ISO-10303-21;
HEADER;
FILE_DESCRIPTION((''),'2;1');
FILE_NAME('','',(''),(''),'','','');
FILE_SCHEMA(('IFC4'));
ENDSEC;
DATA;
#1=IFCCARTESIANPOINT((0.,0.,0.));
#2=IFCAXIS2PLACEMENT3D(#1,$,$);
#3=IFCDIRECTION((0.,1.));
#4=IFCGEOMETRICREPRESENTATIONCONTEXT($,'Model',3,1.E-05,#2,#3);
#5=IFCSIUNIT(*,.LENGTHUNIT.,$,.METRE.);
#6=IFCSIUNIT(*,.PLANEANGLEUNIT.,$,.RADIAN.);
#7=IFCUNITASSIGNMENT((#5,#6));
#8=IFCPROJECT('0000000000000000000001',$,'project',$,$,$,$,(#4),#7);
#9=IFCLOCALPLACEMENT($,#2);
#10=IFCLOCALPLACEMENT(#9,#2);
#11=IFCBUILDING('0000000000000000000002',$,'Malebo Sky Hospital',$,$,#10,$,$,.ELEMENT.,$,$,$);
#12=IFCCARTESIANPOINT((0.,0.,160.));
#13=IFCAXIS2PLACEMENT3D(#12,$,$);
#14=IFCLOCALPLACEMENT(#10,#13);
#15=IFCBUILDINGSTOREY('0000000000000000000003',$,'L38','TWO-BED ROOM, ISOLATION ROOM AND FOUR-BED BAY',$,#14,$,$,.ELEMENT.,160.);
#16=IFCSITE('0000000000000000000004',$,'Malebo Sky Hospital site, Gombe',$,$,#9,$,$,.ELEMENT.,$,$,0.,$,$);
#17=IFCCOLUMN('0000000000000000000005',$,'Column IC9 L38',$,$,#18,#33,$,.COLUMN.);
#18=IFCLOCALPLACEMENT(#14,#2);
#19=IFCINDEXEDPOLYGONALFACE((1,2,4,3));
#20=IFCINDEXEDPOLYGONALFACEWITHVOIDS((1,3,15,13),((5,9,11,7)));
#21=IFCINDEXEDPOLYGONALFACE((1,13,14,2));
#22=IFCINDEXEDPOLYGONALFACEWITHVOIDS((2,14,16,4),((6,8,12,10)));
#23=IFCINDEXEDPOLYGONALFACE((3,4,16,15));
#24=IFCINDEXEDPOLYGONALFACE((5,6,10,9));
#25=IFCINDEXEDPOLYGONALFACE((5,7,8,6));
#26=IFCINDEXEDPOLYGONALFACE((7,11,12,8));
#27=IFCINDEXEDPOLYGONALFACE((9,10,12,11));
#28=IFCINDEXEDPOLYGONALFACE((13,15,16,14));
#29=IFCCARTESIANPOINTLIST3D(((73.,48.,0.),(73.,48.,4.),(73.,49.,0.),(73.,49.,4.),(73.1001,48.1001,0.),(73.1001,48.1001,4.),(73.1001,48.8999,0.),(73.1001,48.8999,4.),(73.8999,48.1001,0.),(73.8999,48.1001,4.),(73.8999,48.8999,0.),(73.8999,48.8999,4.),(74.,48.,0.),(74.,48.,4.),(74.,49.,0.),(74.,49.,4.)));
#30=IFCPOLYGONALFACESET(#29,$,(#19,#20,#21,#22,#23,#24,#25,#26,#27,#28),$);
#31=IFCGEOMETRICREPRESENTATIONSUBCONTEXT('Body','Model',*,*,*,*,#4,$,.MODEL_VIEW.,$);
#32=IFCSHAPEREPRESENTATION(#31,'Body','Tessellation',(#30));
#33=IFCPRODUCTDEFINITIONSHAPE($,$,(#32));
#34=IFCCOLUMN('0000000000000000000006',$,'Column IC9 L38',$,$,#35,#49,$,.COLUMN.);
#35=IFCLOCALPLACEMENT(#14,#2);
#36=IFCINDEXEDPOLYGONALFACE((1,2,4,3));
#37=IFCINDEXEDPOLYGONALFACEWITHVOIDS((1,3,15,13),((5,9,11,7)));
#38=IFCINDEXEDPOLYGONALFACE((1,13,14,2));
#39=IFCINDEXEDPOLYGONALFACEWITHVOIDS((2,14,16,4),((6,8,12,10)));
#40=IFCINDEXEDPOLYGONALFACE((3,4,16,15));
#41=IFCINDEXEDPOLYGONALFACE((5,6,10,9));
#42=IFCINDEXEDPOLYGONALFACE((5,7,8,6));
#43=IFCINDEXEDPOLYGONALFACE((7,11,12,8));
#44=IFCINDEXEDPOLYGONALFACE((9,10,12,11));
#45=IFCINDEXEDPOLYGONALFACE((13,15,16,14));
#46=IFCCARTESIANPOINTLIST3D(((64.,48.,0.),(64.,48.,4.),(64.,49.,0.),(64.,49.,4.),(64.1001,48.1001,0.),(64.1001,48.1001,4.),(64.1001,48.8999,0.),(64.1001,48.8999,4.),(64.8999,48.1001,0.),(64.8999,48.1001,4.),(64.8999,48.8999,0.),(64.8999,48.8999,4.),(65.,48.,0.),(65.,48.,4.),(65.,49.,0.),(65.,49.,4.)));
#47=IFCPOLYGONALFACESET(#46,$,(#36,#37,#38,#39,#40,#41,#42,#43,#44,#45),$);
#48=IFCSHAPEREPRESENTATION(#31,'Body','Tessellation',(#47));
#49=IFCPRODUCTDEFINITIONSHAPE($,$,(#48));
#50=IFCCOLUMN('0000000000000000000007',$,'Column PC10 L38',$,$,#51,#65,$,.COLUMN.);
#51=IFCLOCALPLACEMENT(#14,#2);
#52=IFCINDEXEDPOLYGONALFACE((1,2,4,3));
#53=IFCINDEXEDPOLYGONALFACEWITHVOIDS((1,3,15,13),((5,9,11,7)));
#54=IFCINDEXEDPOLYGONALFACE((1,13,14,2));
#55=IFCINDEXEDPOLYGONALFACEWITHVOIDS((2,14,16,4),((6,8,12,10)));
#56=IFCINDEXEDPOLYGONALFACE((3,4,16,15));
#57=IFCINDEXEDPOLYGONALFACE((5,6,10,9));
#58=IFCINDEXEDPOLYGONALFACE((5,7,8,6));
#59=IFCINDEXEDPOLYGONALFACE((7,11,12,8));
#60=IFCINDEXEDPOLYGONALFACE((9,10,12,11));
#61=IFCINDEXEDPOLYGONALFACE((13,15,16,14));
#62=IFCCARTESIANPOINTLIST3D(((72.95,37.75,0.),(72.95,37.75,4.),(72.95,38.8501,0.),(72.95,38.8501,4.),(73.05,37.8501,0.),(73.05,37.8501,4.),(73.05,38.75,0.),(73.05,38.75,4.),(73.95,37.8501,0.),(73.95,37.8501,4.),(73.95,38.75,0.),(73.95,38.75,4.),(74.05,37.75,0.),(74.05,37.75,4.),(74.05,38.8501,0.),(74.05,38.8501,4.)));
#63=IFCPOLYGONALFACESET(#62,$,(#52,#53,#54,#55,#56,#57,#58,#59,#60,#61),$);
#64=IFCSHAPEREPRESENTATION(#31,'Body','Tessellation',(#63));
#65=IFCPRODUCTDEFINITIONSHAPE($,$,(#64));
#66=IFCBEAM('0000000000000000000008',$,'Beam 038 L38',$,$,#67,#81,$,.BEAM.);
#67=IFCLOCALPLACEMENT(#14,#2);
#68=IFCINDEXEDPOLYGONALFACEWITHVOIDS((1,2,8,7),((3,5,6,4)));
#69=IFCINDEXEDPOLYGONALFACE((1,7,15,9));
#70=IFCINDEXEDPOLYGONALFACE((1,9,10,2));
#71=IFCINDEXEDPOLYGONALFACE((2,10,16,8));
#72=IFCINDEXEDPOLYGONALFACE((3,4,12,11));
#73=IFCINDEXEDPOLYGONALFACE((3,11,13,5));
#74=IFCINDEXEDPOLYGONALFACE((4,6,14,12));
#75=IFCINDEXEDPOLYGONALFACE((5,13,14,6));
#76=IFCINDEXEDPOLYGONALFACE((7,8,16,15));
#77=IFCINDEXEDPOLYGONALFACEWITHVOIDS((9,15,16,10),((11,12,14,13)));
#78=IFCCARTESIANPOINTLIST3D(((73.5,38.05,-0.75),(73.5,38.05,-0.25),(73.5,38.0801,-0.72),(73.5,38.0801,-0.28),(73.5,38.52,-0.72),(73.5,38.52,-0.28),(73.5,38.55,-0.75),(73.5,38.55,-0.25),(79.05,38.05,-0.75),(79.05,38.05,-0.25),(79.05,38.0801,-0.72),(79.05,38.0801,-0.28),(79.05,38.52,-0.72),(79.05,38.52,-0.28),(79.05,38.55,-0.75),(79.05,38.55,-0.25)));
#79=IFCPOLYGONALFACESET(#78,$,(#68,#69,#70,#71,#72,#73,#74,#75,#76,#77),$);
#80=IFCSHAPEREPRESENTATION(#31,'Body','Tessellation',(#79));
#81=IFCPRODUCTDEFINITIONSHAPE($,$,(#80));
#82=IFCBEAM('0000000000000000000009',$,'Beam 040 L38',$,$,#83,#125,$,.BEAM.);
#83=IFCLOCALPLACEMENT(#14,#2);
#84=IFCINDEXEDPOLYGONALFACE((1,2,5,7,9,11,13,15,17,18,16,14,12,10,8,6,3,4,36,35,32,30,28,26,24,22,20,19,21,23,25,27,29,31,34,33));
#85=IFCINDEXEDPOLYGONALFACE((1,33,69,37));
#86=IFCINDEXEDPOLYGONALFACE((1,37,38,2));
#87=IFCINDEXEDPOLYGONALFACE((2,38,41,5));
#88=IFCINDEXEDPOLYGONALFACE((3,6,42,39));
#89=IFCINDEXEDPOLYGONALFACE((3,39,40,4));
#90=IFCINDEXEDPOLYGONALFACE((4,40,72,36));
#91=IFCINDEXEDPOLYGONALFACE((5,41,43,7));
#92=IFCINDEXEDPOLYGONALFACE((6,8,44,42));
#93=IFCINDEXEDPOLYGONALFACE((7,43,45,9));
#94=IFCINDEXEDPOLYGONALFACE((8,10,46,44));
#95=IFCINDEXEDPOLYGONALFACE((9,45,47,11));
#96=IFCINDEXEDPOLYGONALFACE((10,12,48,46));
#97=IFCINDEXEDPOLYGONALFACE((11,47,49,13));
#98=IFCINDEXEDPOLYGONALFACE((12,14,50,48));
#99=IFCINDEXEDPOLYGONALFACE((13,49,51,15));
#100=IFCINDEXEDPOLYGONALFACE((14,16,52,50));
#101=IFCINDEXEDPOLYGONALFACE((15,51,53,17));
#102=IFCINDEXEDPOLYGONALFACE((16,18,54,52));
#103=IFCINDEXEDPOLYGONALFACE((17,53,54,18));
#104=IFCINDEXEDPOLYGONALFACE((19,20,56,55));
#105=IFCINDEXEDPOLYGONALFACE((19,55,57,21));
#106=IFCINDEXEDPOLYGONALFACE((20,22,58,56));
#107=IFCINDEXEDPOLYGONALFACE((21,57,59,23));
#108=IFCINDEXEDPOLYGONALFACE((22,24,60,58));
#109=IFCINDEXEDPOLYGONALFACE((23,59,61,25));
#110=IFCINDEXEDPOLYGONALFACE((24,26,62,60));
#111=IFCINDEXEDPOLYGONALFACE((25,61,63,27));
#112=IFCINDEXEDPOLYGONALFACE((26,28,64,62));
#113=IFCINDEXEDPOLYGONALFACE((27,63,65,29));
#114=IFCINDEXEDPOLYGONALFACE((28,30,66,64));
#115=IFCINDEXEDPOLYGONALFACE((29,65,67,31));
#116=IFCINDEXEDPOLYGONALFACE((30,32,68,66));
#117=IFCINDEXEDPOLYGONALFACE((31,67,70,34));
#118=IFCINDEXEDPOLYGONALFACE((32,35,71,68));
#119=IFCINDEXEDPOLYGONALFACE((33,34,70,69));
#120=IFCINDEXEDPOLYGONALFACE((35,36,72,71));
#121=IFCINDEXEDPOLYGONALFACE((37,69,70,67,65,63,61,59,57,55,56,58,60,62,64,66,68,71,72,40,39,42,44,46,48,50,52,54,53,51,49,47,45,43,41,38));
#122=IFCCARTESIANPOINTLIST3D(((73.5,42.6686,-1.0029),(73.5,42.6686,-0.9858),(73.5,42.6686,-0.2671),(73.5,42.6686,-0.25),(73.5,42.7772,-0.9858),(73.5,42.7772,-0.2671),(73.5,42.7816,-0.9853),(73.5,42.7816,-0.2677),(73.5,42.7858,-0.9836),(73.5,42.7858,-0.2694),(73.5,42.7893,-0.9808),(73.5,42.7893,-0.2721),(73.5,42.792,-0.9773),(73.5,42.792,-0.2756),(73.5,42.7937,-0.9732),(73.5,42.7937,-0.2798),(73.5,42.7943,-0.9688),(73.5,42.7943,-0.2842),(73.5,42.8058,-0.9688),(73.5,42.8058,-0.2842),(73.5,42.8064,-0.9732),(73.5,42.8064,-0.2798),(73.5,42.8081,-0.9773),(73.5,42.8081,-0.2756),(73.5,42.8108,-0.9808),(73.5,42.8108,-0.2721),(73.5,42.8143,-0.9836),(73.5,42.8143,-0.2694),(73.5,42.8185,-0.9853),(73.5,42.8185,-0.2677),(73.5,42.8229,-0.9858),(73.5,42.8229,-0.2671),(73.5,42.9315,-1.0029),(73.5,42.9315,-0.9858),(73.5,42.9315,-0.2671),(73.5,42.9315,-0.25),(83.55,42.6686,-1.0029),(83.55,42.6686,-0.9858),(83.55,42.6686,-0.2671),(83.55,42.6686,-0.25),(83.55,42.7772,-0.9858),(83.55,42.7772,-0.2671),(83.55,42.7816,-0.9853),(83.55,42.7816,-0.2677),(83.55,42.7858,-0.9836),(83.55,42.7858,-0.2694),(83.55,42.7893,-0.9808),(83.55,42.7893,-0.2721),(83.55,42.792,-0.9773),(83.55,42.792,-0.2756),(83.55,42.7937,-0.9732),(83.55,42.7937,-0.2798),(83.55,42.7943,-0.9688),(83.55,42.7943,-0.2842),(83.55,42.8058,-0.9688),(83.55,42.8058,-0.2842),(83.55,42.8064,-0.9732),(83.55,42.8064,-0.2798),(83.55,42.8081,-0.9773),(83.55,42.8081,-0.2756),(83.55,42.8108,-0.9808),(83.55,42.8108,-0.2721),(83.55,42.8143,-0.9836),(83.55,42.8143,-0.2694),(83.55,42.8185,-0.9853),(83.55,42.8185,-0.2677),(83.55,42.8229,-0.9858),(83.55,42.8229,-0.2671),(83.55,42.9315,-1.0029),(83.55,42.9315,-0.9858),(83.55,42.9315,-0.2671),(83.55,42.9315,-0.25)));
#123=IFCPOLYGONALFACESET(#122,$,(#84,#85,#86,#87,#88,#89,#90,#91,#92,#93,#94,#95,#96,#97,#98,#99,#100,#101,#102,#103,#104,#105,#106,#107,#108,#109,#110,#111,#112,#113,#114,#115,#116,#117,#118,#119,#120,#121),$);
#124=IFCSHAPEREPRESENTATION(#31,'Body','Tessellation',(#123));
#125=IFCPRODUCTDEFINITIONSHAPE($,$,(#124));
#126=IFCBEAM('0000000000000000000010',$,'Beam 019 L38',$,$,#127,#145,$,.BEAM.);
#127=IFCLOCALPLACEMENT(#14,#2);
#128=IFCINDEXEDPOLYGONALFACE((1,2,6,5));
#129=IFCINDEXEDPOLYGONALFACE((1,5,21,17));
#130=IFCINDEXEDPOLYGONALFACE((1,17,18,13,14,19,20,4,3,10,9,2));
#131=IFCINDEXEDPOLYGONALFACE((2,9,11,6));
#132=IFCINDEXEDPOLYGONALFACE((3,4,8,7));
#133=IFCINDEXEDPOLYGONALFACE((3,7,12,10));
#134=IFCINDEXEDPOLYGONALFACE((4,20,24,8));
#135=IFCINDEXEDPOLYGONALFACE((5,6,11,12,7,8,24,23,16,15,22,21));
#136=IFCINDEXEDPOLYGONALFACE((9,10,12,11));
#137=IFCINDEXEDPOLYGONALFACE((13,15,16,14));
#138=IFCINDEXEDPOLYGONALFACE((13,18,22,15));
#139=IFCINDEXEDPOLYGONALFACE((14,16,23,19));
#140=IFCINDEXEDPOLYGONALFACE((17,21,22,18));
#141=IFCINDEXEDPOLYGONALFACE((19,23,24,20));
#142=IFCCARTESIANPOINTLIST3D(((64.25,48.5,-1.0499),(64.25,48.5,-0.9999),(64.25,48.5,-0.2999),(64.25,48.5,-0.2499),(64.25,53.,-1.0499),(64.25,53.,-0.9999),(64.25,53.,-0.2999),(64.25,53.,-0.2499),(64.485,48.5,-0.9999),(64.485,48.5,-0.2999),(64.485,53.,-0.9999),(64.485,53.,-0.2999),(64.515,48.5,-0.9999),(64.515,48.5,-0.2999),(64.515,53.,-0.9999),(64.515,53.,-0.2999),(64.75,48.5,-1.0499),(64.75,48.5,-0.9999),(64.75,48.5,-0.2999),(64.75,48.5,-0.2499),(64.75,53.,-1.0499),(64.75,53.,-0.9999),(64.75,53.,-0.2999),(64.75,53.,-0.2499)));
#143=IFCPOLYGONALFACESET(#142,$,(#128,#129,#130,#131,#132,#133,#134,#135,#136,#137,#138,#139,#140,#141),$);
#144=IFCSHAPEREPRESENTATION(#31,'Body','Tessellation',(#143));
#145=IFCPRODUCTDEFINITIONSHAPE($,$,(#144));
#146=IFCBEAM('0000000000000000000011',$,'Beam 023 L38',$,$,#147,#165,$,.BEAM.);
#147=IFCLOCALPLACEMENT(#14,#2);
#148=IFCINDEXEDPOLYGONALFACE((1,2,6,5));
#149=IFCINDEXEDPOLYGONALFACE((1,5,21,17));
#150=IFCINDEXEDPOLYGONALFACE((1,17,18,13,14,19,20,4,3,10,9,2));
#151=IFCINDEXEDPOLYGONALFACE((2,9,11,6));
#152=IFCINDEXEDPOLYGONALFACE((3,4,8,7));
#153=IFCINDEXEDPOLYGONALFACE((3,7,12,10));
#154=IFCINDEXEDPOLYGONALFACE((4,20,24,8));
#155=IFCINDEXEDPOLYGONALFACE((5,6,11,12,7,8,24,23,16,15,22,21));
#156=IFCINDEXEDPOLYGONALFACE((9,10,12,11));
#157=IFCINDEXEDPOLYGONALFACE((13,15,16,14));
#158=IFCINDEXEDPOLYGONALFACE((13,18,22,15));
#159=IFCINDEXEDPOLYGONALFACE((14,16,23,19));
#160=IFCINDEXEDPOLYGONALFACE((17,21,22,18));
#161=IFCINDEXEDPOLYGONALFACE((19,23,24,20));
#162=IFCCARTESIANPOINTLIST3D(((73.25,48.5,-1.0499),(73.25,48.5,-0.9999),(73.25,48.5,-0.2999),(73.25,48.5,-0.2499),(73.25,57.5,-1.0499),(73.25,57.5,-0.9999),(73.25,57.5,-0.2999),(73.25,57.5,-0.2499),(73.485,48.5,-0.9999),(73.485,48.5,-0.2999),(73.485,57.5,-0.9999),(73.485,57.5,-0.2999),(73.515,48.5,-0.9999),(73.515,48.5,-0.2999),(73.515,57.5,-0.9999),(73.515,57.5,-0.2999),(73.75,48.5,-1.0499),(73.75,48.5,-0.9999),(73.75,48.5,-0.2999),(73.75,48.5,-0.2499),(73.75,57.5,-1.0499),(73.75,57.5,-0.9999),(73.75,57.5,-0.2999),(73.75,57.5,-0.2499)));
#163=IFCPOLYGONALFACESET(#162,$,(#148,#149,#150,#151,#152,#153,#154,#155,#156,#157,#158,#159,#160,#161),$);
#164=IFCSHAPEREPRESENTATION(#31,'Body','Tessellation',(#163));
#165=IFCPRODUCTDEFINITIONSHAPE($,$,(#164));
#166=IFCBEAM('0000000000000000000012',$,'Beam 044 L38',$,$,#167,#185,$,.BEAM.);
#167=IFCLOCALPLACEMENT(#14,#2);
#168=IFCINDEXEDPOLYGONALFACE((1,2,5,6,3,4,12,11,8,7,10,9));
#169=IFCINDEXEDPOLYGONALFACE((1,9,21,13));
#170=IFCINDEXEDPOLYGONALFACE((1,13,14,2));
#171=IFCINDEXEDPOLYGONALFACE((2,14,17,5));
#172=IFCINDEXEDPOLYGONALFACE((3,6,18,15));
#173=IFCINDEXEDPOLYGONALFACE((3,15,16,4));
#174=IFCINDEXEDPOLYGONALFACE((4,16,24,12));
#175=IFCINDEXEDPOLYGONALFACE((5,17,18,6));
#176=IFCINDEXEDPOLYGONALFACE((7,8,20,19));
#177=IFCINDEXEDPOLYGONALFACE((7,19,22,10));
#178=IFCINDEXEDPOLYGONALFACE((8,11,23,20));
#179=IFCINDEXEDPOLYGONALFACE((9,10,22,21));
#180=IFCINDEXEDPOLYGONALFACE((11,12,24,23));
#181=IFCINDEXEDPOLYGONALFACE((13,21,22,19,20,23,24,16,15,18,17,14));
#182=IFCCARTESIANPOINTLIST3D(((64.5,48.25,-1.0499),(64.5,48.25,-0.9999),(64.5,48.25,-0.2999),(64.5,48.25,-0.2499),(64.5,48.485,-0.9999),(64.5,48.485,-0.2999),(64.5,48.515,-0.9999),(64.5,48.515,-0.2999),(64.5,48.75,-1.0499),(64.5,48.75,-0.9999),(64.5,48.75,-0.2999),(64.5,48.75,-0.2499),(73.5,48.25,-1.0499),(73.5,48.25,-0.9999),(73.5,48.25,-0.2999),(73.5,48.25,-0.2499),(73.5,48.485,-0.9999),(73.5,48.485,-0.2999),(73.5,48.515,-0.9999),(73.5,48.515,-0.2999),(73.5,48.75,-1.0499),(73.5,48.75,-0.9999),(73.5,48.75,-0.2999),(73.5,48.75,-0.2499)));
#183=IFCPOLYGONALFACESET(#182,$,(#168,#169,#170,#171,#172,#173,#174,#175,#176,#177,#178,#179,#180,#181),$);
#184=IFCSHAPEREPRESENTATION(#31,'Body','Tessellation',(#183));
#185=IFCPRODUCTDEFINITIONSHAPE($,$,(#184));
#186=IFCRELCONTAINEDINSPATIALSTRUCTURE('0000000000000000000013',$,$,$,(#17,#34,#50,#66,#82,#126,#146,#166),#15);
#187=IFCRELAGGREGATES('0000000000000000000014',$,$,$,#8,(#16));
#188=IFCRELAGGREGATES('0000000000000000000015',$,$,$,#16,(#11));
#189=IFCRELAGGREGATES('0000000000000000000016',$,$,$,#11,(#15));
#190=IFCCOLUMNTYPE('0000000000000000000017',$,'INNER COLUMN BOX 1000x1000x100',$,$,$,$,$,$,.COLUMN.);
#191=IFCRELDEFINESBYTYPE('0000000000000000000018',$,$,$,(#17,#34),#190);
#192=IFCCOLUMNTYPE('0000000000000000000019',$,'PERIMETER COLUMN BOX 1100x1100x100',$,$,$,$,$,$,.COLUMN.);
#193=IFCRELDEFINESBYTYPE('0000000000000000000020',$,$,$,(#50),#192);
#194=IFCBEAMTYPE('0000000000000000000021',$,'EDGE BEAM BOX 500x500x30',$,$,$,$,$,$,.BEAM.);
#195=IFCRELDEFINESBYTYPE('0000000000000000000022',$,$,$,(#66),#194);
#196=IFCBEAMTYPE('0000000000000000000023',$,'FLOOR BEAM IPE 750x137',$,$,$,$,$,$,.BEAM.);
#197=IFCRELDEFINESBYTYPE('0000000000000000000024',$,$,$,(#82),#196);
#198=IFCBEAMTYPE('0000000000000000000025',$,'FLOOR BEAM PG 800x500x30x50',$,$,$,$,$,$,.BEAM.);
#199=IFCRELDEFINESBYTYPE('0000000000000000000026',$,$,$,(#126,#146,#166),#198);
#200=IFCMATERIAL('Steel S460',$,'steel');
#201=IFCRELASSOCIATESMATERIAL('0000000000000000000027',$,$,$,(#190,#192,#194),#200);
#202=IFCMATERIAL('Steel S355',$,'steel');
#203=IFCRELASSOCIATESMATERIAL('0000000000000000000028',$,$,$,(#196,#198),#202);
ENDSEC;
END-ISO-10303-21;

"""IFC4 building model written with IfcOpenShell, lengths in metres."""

from ifc_helpers import new_model, si_unit, direction, frame, origin, origin_2d, place, context, subcontext, project, spatial, hollow_rectangle, i_section, extrude, material, material_profile, profile_set, type_object, element, save


model = new_model("IFC4")

# Units and contexts
model_context = context("Model", 3, precision=1e-05, world=origin(), true_north=direction((0.0, 1.0)))
body_context = subcontext(model_context, "Body", "Model", "MODEL_VIEW")
ifc_project = project(units=[si_unit("LENGTHUNIT", "METRE"), si_unit("PLANEANGLEUNIT", "RADIAN")], contexts=[model_context])

# Site, building, storey
site_placement = place(None, origin())
site = spatial("IfcSite", under=ifc_project, at=site_placement, Name="Malebo Sky Hospital site, Gombe", CompositionType="ELEMENT", RefElevation=0.0)
building_placement = place(site_placement, origin())
building = spatial("IfcBuilding", under=site, at=building_placement, Name="Malebo Sky Hospital", CompositionType="ELEMENT")
storey_placement = place(building_placement, frame((0.0, 0.0, 160.0)))
storey = spatial("IfcBuildingStorey", under=building, at=storey_placement, Name="L38", Description="TWO-BED ROOM, ISOLATION ROOM AND FOUR-BED BAY", CompositionType="ELEMENT", Elevation=160.0)

# Columns
ifc_material_1 = material(Name="Steel S460", Category="steel")
ifc_material_profile_1 = material_profile(ifc_material_1, hollow_rectangle(XDim=1.0, YDim=1.0, WallThickness=0.1001, at=origin_2d()), Name="BOX 1000x1000x100")
ifc_profile_set_1 = profile_set([ifc_material_profile_1], Name="Steel S460")
column_type_1 = type_object("IfcColumnType", Name="INNER COLUMN BOX 1000x1000x100", PredefinedType="COLUMN", material=ifc_profile_set_1)
for number, where, z_axis, x_axis, name in (
    (1, (73.5, 48.5, 0.0), (0.0, 0.0, 1.0), (1.0, 0.0, 0.0), "Column IC9 L38"),
    (2, (64.5, 48.5, 0.0), (0.0, 0.0, 1.0), (1.0, 0.0, 0.0), "Column IC9 L38"),
):
    element("IfcColumn", number, at=place(storey_placement, frame(where, z_axis=z_axis, x_axis=x_axis)), inside=storey, type_object=column_type_1, Name=name, PredefinedType="COLUMN", context=body_context, shape_type="SweptSolid", body=[
        extrude(hollow_rectangle(XDim=1.0, YDim=1.0, WallThickness=0.1001, at=origin_2d()), origin(), (0.0, 0.0, 1.0), 4.0),
    ])
ifc_material_profile_2 = material_profile(ifc_material_1, hollow_rectangle(XDim=1.1001, YDim=1.1001, WallThickness=0.1001, at=origin_2d()), Name="BOX 1100x1100x100")
ifc_profile_set_2 = profile_set([ifc_material_profile_2], Name="Steel S460")
column_type_2 = type_object("IfcColumnType", Name="PERIMETER COLUMN BOX 1100x1100x100", PredefinedType="COLUMN", material=ifc_profile_set_2)
column_placement = place(storey_placement, frame((73.5, 38.3, 0.0), z_axis=(0.0, 0.0, 1.0), x_axis=(1.0, 0.0, 0.0)))
element("IfcColumn", 3, at=column_placement, inside=storey, type_object=column_type_2, Name="Column PC10 L38", PredefinedType="COLUMN", context=body_context, shape_type="SweptSolid", body=[
    extrude(hollow_rectangle(XDim=1.1001, YDim=1.1001, WallThickness=0.1001, at=origin_2d()), origin(), (0.0, 0.0, 1.0), 4.0),
])

# Beams
ifc_material_profile_3 = material_profile(ifc_material_1, hollow_rectangle(XDim=0.5, YDim=0.5, WallThickness=0.03, at=origin_2d()), Name="BOX 500x500x30")
ifc_profile_set_3 = profile_set([ifc_material_profile_3], Name="Steel S460")
beam_type_1 = type_object("IfcBeamType", Name="EDGE BEAM BOX 500x500x30", PredefinedType="BEAM", material=ifc_profile_set_3)
beam_1_placement = place(storey_placement, frame((73.5, 38.3, -0.5), z_axis=(1.0, 0.0, 0.0), x_axis=(0.0, 1.0, 0.0)))
element("IfcBeam", 4, at=beam_1_placement, inside=storey, type_object=beam_type_1, Name="Beam 038 L38", PredefinedType="BEAM", context=body_context, shape_type="SweptSolid", body=[
    extrude(hollow_rectangle(XDim=0.5, YDim=0.5, WallThickness=0.03, at=origin_2d()), origin(), (0.0, 0.0, 1.0), 5.55),
])
ifc_material_2 = material(Name="Steel S355", Category="steel")
ifc_material_profile_4 = material_profile(ifc_material_2, i_section(OverallWidth=0.2629, OverallDepth=0.7529, WebThickness=0.0115, FlangeThickness=0.0171, FilletRadius=0.0171, at=origin_2d()), Name="IPE 750x137")
ifc_profile_set_4 = profile_set([ifc_material_profile_4], Name="Steel S355")
beam_type_2 = type_object("IfcBeamType", Name="FLOOR BEAM IPE 750x137", PredefinedType="BEAM", material=ifc_profile_set_4)
beam_2_placement = place(storey_placement, frame((73.5, 42.8, -0.6265), z_axis=(1.0, 0.0, 0.0), x_axis=(0.0, 1.0, 0.0)))
element("IfcBeam", 5, at=beam_2_placement, inside=storey, type_object=beam_type_2, Name="Beam 040 L38", PredefinedType="BEAM", context=body_context, shape_type="SweptSolid", body=[
    extrude(i_section(OverallWidth=0.2629, OverallDepth=0.7529, WebThickness=0.0115, FlangeThickness=0.0171, FilletRadius=0.0171, at=origin_2d()), origin(), (0.0, 0.0, 1.0), 10.05),
])
ifc_material_profile_5 = material_profile(ifc_material_2, i_section(OverallWidth=0.5, OverallDepth=0.8, WebThickness=0.03, FlangeThickness=0.05, at=origin_2d()), Name="PG 800x500x30x50")
ifc_profile_set_5 = profile_set([ifc_material_profile_5], Name="Steel S355")
beam_type_3 = type_object("IfcBeamType", Name="FLOOR BEAM PG 800x500x30x50", PredefinedType="BEAM", material=ifc_profile_set_5)
beam_3_placement = place(storey_placement, frame((64.5, 48.5, -0.6499), z_axis=(0.0, 1.0, 0.0), x_axis=(-1.0, 0.0, 0.0)))
element("IfcBeam", 6, at=beam_3_placement, inside=storey, type_object=beam_type_3, Name="Beam 019 L38", PredefinedType="BEAM", context=body_context, shape_type="SweptSolid", body=[
    extrude(i_section(OverallWidth=0.5, OverallDepth=0.8, WebThickness=0.03, FlangeThickness=0.05, at=origin_2d()), origin(), (0.0, 0.0, 1.0), 4.5),
])
for number, where, z_axis, x_axis, name in (
    (7, (73.5, 48.5, -0.6499), (0.0, 1.0, 0.0), (-1.0, 0.0, 0.0), "Beam 023 L38"),
    (8, (64.5, 48.5, -0.6499), (1.0, 0.0, 0.0), (0.0, 1.0, 0.0), "Beam 044 L38"),
):
    element("IfcBeam", number, at=place(storey_placement, frame(where, z_axis=z_axis, x_axis=x_axis)), inside=storey, type_object=beam_type_3, Name=name, PredefinedType="BEAM", context=body_context, shape_type="SweptSolid", body=[
        extrude(i_section(OverallWidth=0.5, OverallDepth=0.8, WebThickness=0.03, FlangeThickness=0.05, at=origin_2d()), origin(), (0.0, 0.0, 1.0), 9.0),
    ])

save(model, "model.ifc")
